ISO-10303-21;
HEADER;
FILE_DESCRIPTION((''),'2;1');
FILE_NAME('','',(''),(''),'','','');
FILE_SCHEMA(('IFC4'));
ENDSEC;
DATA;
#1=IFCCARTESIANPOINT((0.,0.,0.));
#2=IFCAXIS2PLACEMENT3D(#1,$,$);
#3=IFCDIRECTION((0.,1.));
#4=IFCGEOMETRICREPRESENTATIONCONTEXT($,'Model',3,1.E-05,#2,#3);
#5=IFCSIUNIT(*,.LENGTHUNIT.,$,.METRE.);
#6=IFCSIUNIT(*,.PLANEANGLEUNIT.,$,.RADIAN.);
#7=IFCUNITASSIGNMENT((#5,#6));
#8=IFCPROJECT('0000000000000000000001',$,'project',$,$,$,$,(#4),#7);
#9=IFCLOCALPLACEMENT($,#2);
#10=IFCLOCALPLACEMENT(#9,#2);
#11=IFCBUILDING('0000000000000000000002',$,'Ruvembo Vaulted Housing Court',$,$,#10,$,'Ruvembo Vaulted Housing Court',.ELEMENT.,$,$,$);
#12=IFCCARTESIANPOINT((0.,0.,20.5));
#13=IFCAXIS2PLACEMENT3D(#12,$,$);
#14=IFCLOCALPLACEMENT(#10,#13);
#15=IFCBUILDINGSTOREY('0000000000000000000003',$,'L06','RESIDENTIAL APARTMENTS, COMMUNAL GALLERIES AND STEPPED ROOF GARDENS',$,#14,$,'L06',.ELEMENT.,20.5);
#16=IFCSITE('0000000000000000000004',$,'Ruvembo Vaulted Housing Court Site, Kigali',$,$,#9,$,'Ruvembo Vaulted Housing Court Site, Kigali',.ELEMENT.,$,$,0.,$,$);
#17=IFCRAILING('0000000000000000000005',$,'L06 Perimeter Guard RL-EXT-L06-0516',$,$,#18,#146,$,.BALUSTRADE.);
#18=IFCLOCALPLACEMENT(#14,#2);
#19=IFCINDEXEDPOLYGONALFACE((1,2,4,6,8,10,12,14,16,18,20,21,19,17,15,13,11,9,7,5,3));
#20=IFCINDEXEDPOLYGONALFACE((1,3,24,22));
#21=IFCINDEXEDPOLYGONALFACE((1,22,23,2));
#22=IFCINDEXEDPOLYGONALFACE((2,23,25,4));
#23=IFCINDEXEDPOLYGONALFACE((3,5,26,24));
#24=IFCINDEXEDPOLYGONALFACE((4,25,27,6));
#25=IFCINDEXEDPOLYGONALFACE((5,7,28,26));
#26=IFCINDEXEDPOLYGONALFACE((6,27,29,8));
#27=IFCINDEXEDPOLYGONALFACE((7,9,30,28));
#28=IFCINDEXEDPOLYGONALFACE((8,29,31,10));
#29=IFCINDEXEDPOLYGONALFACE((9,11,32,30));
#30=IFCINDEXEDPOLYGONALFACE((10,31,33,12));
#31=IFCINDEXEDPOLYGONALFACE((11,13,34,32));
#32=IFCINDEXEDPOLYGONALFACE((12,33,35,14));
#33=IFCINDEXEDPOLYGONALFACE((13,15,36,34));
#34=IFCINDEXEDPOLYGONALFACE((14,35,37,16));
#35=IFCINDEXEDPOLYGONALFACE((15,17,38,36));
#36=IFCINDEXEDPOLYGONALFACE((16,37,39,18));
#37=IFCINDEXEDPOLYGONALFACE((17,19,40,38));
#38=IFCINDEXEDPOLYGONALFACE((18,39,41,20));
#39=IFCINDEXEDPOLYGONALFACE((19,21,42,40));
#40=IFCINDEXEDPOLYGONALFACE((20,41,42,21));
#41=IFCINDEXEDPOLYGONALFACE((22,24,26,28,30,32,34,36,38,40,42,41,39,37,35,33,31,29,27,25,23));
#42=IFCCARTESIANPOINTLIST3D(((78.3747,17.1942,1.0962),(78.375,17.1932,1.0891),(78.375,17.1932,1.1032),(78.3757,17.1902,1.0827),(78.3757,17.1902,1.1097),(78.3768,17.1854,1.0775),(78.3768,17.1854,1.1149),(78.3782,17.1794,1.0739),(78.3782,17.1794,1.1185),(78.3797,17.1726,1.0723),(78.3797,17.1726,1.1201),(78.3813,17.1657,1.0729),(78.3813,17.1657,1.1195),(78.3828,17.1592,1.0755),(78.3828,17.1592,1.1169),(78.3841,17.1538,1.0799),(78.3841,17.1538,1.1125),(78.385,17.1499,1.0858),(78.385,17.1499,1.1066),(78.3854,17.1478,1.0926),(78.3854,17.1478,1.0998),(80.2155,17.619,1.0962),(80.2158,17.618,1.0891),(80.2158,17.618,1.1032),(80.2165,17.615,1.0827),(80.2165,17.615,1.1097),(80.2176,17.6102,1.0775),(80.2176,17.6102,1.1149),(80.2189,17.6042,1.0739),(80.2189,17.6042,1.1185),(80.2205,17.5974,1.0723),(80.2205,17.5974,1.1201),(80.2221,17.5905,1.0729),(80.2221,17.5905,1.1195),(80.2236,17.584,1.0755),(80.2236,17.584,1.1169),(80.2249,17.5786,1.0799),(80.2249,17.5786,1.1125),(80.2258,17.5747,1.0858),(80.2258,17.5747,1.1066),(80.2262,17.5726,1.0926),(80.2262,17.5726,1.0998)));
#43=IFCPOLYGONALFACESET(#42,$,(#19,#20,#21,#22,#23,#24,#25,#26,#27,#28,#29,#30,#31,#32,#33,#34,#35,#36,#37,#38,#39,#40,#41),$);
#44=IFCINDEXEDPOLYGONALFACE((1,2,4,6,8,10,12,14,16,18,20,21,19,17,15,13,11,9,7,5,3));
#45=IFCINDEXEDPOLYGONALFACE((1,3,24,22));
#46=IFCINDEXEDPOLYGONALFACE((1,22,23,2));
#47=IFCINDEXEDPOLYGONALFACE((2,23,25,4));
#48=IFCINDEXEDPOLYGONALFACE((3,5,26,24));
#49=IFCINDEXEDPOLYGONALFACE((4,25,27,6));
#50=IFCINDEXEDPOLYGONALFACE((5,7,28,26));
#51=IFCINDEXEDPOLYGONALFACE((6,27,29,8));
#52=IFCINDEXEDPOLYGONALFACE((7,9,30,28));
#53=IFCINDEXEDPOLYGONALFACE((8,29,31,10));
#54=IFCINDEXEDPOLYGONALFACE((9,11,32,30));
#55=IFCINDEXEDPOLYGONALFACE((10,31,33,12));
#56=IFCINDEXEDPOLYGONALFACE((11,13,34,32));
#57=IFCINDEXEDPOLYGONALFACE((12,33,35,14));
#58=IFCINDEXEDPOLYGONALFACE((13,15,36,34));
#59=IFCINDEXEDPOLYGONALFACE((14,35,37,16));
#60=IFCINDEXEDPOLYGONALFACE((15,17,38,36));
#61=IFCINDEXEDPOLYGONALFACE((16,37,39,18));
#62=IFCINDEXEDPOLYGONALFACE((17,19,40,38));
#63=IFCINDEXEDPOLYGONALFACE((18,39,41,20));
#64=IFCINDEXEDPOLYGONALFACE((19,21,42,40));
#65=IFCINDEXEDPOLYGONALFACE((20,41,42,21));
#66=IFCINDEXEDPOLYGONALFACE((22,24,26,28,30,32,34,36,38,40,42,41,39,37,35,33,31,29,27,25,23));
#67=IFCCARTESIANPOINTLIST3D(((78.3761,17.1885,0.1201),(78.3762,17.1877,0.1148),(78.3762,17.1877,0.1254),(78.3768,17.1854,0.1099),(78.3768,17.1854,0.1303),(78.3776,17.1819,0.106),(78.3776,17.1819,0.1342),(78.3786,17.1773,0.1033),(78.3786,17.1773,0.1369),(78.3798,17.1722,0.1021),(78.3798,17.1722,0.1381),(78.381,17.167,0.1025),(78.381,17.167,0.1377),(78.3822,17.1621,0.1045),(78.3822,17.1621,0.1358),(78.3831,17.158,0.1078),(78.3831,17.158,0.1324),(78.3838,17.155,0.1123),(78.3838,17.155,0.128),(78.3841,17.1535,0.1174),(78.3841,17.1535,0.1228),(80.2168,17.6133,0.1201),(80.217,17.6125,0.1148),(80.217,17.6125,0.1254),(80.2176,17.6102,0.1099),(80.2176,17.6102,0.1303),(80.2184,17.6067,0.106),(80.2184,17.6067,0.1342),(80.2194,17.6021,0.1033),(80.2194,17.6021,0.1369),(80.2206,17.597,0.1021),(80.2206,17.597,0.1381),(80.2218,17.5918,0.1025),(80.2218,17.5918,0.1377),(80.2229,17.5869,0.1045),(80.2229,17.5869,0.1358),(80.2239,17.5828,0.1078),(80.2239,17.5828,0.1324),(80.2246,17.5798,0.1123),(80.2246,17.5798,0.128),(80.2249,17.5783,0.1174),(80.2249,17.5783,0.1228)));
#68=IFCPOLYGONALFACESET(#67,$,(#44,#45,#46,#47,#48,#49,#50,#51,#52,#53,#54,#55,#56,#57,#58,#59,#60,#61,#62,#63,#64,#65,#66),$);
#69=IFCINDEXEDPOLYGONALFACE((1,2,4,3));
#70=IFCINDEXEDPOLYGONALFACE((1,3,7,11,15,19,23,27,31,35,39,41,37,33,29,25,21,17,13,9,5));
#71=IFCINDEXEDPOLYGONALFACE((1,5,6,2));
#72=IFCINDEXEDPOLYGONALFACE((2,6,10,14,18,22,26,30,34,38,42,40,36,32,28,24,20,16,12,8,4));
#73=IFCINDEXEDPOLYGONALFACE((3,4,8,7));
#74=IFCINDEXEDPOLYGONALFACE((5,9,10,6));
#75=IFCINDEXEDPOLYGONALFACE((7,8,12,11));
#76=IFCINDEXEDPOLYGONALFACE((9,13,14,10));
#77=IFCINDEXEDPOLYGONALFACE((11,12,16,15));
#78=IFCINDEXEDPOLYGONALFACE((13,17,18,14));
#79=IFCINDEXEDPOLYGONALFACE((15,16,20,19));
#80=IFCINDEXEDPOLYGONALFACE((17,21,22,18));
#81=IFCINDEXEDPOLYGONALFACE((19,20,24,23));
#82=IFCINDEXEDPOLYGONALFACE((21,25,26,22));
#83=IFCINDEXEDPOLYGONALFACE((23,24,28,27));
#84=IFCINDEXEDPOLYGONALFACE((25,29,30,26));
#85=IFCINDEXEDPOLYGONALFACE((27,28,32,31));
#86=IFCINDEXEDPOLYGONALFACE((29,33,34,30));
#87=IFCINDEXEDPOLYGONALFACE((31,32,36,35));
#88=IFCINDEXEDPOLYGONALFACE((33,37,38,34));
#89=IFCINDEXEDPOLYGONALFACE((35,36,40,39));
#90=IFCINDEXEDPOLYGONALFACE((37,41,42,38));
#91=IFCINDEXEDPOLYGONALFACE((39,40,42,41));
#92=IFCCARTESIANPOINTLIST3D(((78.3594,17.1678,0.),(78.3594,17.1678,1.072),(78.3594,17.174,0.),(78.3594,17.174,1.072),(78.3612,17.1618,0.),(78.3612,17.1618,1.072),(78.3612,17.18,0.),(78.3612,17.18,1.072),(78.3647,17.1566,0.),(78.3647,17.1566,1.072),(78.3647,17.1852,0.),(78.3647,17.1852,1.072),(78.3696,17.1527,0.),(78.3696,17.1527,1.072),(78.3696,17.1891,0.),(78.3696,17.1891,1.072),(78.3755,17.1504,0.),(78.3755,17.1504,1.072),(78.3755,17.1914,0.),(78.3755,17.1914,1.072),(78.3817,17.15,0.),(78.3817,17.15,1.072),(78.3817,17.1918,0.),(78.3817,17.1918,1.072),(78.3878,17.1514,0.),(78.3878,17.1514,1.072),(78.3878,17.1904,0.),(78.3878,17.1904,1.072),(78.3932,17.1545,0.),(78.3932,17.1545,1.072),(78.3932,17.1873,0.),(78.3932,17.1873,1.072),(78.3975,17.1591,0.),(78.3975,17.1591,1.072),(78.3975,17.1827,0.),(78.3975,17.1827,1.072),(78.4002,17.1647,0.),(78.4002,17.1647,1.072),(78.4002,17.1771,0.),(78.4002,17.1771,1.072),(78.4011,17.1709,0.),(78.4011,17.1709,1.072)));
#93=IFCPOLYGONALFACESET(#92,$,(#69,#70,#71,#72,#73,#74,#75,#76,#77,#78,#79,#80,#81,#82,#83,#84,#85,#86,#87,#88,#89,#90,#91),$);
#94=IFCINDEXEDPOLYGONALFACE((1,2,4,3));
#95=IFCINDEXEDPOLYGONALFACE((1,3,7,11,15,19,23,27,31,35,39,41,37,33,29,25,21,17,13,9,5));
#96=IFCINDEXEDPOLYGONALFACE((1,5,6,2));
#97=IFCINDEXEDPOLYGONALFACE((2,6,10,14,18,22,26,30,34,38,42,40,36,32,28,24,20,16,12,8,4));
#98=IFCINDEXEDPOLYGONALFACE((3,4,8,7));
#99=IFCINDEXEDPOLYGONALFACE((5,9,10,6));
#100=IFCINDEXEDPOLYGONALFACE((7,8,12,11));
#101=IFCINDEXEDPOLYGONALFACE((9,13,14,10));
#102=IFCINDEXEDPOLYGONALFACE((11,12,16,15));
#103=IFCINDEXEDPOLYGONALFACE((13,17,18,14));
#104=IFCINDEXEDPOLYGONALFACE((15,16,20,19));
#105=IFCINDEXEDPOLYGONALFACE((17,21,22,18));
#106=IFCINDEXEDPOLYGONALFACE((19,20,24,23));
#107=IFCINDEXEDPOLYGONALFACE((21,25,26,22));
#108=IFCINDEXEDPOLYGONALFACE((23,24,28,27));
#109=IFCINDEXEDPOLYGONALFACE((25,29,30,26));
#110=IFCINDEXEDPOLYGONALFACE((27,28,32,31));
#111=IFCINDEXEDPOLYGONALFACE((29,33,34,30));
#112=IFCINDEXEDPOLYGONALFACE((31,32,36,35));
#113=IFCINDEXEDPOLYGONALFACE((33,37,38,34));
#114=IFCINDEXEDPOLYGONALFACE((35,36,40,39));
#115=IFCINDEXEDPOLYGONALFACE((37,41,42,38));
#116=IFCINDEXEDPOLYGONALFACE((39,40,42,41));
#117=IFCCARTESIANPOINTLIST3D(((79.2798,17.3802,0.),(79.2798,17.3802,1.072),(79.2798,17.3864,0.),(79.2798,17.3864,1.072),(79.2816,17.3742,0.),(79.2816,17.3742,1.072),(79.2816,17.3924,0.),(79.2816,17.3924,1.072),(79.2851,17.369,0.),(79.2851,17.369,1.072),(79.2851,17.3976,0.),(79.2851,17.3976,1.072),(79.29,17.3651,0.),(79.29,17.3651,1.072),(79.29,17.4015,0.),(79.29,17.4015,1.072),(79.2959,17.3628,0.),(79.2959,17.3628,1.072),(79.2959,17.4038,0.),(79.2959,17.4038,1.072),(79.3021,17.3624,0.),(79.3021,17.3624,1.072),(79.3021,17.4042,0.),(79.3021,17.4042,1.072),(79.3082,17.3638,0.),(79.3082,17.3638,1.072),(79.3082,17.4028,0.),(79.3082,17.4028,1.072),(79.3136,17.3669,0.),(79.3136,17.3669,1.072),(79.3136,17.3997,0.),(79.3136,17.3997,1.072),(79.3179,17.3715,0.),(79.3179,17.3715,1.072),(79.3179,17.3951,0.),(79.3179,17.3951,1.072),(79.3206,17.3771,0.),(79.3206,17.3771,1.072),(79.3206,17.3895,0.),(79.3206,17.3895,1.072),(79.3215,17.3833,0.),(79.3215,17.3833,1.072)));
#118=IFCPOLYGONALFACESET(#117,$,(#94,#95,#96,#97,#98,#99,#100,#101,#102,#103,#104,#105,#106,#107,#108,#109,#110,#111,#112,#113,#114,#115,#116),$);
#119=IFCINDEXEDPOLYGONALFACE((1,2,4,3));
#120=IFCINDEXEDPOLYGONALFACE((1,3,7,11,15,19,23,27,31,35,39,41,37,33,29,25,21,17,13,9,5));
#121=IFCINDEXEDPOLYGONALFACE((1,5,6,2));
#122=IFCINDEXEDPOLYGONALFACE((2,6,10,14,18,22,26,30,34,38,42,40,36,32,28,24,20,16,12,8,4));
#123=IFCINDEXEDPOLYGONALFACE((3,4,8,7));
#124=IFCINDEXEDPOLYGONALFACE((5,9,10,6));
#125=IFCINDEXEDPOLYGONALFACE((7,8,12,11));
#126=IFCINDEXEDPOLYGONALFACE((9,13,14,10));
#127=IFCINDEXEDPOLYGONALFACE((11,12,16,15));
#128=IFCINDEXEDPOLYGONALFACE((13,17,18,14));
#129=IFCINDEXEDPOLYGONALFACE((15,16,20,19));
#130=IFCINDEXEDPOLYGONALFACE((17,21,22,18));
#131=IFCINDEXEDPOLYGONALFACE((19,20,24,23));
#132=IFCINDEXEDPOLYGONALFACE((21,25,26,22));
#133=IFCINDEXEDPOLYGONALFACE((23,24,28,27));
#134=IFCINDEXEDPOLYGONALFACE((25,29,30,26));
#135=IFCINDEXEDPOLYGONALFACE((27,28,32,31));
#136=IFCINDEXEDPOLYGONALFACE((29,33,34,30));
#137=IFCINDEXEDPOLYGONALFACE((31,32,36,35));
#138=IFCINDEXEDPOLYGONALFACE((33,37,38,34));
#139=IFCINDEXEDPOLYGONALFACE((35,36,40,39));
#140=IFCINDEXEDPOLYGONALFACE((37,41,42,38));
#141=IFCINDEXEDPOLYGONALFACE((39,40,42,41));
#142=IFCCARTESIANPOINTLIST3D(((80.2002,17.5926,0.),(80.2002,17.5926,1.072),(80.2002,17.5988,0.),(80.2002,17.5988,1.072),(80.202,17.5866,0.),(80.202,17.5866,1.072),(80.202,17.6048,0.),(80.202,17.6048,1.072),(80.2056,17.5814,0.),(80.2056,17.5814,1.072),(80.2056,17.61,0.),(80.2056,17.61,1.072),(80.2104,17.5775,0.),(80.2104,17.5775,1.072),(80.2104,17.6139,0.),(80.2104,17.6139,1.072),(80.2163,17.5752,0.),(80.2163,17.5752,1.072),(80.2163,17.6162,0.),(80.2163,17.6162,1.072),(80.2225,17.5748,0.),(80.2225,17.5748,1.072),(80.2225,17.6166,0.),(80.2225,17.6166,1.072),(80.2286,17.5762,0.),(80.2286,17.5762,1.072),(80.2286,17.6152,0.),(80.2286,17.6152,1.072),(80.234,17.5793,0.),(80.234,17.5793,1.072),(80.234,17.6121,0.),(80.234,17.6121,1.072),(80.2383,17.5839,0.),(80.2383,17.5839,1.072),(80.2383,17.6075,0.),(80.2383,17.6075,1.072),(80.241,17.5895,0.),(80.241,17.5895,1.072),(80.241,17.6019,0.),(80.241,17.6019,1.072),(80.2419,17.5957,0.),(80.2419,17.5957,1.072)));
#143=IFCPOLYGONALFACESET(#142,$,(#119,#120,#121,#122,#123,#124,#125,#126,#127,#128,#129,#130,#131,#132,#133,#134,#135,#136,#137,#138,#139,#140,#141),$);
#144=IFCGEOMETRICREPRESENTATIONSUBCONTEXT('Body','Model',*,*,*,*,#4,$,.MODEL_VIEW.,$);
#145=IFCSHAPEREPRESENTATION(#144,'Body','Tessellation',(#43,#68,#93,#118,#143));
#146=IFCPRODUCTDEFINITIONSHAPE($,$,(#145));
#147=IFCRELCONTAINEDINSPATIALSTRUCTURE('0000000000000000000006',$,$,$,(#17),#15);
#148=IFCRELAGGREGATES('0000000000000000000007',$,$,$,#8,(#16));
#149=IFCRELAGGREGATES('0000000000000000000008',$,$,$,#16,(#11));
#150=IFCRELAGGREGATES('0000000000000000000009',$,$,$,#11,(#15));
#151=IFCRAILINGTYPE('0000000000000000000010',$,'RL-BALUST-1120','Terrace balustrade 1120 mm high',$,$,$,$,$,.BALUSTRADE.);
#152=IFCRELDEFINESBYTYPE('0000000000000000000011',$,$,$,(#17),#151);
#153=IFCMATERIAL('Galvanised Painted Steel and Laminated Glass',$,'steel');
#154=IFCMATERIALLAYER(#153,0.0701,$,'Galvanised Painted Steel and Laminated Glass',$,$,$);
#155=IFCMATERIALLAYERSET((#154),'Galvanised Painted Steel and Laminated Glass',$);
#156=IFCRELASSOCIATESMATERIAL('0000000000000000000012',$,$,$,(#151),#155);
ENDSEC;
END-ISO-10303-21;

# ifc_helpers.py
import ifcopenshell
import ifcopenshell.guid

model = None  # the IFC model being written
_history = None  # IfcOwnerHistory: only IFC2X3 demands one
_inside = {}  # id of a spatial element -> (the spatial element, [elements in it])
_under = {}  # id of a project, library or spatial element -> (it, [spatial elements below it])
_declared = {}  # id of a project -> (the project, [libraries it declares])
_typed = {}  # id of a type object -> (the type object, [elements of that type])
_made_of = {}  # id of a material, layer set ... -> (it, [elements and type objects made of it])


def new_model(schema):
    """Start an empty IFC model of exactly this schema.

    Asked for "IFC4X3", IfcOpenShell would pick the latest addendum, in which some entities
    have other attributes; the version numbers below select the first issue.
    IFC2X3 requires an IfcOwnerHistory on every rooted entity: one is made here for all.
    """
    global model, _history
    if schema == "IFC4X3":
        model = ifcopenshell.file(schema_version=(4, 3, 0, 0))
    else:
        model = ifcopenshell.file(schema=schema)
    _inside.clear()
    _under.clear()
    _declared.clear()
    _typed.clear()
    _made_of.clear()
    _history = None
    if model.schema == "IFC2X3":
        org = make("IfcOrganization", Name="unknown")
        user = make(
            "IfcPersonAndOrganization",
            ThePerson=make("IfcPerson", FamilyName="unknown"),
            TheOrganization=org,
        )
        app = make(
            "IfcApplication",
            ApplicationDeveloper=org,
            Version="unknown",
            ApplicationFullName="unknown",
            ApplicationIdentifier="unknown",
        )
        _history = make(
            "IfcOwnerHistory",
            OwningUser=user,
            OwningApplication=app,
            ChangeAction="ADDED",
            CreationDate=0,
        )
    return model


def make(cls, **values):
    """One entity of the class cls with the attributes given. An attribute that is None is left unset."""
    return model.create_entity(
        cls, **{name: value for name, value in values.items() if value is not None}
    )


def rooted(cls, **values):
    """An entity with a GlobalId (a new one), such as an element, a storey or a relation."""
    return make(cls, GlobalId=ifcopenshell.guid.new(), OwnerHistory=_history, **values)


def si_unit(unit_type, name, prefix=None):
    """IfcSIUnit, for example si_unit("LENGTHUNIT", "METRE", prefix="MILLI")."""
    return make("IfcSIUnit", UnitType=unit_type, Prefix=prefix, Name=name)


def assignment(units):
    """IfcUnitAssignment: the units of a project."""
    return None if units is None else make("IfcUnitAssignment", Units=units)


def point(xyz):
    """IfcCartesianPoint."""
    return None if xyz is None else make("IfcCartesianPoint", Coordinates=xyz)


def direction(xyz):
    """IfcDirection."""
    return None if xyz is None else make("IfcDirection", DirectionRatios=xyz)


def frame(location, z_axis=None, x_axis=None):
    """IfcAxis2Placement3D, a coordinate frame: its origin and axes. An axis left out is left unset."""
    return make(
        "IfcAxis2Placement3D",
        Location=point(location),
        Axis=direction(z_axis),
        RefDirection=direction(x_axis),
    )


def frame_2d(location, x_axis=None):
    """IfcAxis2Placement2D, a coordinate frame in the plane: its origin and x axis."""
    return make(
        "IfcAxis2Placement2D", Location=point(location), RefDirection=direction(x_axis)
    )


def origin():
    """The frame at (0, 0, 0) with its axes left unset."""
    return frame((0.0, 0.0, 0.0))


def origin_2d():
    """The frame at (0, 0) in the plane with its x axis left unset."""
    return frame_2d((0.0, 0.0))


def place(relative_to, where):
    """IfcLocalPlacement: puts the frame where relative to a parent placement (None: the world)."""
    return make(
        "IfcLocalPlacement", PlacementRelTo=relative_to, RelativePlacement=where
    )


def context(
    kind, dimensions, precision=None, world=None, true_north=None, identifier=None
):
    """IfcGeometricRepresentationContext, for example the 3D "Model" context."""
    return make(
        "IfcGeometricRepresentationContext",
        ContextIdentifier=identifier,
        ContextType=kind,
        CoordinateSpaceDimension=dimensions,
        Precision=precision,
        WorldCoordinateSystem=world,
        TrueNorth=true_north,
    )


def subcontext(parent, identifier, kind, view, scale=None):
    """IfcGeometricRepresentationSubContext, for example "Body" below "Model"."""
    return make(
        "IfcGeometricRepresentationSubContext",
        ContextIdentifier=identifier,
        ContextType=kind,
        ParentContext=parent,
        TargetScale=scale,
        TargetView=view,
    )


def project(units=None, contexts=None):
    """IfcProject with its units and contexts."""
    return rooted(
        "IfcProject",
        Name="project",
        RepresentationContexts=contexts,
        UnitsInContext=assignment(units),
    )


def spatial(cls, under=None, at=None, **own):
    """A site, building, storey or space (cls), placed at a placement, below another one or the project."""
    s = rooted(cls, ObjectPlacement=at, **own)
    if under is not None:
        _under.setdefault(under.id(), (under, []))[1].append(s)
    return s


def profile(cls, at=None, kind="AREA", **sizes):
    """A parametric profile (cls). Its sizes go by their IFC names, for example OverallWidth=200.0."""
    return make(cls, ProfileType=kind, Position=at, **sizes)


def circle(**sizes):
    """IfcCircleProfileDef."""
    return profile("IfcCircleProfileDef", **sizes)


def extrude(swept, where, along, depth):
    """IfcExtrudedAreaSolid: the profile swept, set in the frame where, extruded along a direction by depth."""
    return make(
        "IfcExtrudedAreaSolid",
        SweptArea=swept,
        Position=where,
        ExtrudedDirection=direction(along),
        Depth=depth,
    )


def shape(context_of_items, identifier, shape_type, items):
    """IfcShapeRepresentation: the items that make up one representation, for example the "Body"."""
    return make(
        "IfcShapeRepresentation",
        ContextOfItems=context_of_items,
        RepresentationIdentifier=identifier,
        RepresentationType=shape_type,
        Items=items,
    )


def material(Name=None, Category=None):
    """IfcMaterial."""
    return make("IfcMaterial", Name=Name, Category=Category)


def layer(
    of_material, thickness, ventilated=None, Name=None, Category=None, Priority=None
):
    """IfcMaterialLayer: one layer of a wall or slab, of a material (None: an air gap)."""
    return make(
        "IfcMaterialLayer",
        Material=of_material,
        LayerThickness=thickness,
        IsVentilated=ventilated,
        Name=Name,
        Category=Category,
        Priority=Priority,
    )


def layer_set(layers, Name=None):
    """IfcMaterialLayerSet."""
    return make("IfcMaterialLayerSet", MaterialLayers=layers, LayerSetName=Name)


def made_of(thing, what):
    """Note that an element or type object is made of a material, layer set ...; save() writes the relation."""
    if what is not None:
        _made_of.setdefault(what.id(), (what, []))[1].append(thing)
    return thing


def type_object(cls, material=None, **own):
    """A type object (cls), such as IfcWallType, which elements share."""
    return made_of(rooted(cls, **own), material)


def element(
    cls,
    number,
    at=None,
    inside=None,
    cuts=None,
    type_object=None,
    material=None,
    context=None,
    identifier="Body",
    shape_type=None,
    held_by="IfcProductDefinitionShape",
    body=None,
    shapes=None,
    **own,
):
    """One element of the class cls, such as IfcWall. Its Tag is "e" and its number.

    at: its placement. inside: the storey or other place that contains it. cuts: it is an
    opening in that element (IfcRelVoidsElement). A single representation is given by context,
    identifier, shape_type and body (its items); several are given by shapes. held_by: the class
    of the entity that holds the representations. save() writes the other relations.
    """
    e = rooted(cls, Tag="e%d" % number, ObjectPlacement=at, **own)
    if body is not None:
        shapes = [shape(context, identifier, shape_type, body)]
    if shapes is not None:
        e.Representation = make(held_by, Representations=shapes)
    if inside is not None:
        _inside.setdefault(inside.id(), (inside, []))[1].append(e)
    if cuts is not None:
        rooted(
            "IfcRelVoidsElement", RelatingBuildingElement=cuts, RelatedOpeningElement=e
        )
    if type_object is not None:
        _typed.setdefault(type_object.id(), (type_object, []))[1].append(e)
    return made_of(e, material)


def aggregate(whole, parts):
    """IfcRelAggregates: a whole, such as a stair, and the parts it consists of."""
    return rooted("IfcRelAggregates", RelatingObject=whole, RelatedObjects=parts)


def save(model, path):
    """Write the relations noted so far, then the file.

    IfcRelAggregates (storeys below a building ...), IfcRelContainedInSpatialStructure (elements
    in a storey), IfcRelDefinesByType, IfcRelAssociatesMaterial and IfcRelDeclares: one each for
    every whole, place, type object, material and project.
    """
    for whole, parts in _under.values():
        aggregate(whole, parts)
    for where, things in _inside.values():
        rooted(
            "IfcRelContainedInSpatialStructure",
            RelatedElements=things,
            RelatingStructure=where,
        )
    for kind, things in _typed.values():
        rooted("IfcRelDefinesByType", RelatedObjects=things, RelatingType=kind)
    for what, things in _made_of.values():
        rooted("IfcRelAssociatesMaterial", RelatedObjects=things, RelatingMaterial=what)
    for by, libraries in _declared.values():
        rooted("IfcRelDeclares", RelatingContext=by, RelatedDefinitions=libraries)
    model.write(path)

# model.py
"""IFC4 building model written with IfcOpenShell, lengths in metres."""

from ifc_helpers import new_model, si_unit, direction, frame, origin, origin_2d, place, context, subcontext, project, spatial, circle, extrude, material, layer, layer_set, type_object, element, save


model = new_model("IFC4")

# Units and contexts
model_context = context("Model", 3, precision=1e-05, world=origin(), true_north=direction((0.0, 1.0)))
body_context = subcontext(model_context, "Body", "Model", "MODEL_VIEW")
ifc_project = project(units=[si_unit("LENGTHUNIT", "METRE"), si_unit("PLANEANGLEUNIT", "RADIAN")], contexts=[model_context])

# Site, building, storey
site_placement = place(None, origin())
site = spatial("IfcSite", under=ifc_project, at=site_placement, Name="Ruvembo Vaulted Housing Court Site, Kigali", LongName="Ruvembo Vaulted Housing Court Site, Kigali", CompositionType="ELEMENT", RefElevation=0.0)
building_placement = place(site_placement, origin())
building = spatial("IfcBuilding", under=site, at=building_placement, Name="Ruvembo Vaulted Housing Court", LongName="Ruvembo Vaulted Housing Court", CompositionType="ELEMENT")
storey_placement = place(building_placement, frame((0.0, 0.0, 20.5)))
storey = spatial("IfcBuildingStorey", under=building, at=storey_placement, Name="L06", Description="RESIDENTIAL APARTMENTS, COMMUNAL GALLERIES AND STEPPED ROOF GARDENS", LongName="L06", CompositionType="ELEMENT", Elevation=20.5)

# Railing
ifc_material_1 = material(Name="Galvanised Painted Steel and Laminated Glass", Category="steel")
ifc_layer = layer(ifc_material_1, 0.0701, Name="Galvanised Painted Steel and Laminated Glass")
ifc_layer_set = layer_set([ifc_layer], Name="Galvanised Painted Steel and Laminated Glass")
railing_type = type_object("IfcRailingType", Name="RL-BALUST-1120", Description="Terrace balustrade 1120 mm high", PredefinedType="BALUSTRADE", material=ifc_layer_set)
railing_1_placement = place(storey_placement, frame((78.3801, 17.1709, 0.0)))
element("IfcRailing", 1, at=railing_1_placement, inside=storey, type_object=railing_type, Name="L06 Perimeter Guard RL-EXT-L06-0516", PredefinedType="BALUSTRADE", context=body_context, shape_type="SweptSolid", body=[
    extrude(circle(Radius=0.0239, at=origin_2d()), frame((0.0, 0.0, 1.0962), z_axis=(0.974391, 0.22486, 0.0), x_axis=(-0.22486, 0.974391, 0.0)), (0.0, 0.0, 1.0), 1.8892),
    extrude(circle(Radius=0.0181, at=origin_2d()), frame((0.0, 0.0, 0.1201), z_axis=(0.974391, 0.22486, 0.0), x_axis=(-0.22486, 0.974391, 0.0)), (0.0, 0.0, 1.0), 1.8892),
    extrude(circle(Radius=0.021, at=origin_2d()), origin(), (0.0, 0.0, 1.0), 1.072),
    extrude(circle(Radius=0.021, at=origin_2d()), frame((0.9204, 0.2124, 0.0)), (0.0, 0.0, 1.0), 1.072),
    extrude(circle(Radius=0.021, at=origin_2d()), frame((1.8408, 0.4248, 0.0)), (0.0, 0.0, 1.0), 1.072),
])

save(model, "model.ifc")
